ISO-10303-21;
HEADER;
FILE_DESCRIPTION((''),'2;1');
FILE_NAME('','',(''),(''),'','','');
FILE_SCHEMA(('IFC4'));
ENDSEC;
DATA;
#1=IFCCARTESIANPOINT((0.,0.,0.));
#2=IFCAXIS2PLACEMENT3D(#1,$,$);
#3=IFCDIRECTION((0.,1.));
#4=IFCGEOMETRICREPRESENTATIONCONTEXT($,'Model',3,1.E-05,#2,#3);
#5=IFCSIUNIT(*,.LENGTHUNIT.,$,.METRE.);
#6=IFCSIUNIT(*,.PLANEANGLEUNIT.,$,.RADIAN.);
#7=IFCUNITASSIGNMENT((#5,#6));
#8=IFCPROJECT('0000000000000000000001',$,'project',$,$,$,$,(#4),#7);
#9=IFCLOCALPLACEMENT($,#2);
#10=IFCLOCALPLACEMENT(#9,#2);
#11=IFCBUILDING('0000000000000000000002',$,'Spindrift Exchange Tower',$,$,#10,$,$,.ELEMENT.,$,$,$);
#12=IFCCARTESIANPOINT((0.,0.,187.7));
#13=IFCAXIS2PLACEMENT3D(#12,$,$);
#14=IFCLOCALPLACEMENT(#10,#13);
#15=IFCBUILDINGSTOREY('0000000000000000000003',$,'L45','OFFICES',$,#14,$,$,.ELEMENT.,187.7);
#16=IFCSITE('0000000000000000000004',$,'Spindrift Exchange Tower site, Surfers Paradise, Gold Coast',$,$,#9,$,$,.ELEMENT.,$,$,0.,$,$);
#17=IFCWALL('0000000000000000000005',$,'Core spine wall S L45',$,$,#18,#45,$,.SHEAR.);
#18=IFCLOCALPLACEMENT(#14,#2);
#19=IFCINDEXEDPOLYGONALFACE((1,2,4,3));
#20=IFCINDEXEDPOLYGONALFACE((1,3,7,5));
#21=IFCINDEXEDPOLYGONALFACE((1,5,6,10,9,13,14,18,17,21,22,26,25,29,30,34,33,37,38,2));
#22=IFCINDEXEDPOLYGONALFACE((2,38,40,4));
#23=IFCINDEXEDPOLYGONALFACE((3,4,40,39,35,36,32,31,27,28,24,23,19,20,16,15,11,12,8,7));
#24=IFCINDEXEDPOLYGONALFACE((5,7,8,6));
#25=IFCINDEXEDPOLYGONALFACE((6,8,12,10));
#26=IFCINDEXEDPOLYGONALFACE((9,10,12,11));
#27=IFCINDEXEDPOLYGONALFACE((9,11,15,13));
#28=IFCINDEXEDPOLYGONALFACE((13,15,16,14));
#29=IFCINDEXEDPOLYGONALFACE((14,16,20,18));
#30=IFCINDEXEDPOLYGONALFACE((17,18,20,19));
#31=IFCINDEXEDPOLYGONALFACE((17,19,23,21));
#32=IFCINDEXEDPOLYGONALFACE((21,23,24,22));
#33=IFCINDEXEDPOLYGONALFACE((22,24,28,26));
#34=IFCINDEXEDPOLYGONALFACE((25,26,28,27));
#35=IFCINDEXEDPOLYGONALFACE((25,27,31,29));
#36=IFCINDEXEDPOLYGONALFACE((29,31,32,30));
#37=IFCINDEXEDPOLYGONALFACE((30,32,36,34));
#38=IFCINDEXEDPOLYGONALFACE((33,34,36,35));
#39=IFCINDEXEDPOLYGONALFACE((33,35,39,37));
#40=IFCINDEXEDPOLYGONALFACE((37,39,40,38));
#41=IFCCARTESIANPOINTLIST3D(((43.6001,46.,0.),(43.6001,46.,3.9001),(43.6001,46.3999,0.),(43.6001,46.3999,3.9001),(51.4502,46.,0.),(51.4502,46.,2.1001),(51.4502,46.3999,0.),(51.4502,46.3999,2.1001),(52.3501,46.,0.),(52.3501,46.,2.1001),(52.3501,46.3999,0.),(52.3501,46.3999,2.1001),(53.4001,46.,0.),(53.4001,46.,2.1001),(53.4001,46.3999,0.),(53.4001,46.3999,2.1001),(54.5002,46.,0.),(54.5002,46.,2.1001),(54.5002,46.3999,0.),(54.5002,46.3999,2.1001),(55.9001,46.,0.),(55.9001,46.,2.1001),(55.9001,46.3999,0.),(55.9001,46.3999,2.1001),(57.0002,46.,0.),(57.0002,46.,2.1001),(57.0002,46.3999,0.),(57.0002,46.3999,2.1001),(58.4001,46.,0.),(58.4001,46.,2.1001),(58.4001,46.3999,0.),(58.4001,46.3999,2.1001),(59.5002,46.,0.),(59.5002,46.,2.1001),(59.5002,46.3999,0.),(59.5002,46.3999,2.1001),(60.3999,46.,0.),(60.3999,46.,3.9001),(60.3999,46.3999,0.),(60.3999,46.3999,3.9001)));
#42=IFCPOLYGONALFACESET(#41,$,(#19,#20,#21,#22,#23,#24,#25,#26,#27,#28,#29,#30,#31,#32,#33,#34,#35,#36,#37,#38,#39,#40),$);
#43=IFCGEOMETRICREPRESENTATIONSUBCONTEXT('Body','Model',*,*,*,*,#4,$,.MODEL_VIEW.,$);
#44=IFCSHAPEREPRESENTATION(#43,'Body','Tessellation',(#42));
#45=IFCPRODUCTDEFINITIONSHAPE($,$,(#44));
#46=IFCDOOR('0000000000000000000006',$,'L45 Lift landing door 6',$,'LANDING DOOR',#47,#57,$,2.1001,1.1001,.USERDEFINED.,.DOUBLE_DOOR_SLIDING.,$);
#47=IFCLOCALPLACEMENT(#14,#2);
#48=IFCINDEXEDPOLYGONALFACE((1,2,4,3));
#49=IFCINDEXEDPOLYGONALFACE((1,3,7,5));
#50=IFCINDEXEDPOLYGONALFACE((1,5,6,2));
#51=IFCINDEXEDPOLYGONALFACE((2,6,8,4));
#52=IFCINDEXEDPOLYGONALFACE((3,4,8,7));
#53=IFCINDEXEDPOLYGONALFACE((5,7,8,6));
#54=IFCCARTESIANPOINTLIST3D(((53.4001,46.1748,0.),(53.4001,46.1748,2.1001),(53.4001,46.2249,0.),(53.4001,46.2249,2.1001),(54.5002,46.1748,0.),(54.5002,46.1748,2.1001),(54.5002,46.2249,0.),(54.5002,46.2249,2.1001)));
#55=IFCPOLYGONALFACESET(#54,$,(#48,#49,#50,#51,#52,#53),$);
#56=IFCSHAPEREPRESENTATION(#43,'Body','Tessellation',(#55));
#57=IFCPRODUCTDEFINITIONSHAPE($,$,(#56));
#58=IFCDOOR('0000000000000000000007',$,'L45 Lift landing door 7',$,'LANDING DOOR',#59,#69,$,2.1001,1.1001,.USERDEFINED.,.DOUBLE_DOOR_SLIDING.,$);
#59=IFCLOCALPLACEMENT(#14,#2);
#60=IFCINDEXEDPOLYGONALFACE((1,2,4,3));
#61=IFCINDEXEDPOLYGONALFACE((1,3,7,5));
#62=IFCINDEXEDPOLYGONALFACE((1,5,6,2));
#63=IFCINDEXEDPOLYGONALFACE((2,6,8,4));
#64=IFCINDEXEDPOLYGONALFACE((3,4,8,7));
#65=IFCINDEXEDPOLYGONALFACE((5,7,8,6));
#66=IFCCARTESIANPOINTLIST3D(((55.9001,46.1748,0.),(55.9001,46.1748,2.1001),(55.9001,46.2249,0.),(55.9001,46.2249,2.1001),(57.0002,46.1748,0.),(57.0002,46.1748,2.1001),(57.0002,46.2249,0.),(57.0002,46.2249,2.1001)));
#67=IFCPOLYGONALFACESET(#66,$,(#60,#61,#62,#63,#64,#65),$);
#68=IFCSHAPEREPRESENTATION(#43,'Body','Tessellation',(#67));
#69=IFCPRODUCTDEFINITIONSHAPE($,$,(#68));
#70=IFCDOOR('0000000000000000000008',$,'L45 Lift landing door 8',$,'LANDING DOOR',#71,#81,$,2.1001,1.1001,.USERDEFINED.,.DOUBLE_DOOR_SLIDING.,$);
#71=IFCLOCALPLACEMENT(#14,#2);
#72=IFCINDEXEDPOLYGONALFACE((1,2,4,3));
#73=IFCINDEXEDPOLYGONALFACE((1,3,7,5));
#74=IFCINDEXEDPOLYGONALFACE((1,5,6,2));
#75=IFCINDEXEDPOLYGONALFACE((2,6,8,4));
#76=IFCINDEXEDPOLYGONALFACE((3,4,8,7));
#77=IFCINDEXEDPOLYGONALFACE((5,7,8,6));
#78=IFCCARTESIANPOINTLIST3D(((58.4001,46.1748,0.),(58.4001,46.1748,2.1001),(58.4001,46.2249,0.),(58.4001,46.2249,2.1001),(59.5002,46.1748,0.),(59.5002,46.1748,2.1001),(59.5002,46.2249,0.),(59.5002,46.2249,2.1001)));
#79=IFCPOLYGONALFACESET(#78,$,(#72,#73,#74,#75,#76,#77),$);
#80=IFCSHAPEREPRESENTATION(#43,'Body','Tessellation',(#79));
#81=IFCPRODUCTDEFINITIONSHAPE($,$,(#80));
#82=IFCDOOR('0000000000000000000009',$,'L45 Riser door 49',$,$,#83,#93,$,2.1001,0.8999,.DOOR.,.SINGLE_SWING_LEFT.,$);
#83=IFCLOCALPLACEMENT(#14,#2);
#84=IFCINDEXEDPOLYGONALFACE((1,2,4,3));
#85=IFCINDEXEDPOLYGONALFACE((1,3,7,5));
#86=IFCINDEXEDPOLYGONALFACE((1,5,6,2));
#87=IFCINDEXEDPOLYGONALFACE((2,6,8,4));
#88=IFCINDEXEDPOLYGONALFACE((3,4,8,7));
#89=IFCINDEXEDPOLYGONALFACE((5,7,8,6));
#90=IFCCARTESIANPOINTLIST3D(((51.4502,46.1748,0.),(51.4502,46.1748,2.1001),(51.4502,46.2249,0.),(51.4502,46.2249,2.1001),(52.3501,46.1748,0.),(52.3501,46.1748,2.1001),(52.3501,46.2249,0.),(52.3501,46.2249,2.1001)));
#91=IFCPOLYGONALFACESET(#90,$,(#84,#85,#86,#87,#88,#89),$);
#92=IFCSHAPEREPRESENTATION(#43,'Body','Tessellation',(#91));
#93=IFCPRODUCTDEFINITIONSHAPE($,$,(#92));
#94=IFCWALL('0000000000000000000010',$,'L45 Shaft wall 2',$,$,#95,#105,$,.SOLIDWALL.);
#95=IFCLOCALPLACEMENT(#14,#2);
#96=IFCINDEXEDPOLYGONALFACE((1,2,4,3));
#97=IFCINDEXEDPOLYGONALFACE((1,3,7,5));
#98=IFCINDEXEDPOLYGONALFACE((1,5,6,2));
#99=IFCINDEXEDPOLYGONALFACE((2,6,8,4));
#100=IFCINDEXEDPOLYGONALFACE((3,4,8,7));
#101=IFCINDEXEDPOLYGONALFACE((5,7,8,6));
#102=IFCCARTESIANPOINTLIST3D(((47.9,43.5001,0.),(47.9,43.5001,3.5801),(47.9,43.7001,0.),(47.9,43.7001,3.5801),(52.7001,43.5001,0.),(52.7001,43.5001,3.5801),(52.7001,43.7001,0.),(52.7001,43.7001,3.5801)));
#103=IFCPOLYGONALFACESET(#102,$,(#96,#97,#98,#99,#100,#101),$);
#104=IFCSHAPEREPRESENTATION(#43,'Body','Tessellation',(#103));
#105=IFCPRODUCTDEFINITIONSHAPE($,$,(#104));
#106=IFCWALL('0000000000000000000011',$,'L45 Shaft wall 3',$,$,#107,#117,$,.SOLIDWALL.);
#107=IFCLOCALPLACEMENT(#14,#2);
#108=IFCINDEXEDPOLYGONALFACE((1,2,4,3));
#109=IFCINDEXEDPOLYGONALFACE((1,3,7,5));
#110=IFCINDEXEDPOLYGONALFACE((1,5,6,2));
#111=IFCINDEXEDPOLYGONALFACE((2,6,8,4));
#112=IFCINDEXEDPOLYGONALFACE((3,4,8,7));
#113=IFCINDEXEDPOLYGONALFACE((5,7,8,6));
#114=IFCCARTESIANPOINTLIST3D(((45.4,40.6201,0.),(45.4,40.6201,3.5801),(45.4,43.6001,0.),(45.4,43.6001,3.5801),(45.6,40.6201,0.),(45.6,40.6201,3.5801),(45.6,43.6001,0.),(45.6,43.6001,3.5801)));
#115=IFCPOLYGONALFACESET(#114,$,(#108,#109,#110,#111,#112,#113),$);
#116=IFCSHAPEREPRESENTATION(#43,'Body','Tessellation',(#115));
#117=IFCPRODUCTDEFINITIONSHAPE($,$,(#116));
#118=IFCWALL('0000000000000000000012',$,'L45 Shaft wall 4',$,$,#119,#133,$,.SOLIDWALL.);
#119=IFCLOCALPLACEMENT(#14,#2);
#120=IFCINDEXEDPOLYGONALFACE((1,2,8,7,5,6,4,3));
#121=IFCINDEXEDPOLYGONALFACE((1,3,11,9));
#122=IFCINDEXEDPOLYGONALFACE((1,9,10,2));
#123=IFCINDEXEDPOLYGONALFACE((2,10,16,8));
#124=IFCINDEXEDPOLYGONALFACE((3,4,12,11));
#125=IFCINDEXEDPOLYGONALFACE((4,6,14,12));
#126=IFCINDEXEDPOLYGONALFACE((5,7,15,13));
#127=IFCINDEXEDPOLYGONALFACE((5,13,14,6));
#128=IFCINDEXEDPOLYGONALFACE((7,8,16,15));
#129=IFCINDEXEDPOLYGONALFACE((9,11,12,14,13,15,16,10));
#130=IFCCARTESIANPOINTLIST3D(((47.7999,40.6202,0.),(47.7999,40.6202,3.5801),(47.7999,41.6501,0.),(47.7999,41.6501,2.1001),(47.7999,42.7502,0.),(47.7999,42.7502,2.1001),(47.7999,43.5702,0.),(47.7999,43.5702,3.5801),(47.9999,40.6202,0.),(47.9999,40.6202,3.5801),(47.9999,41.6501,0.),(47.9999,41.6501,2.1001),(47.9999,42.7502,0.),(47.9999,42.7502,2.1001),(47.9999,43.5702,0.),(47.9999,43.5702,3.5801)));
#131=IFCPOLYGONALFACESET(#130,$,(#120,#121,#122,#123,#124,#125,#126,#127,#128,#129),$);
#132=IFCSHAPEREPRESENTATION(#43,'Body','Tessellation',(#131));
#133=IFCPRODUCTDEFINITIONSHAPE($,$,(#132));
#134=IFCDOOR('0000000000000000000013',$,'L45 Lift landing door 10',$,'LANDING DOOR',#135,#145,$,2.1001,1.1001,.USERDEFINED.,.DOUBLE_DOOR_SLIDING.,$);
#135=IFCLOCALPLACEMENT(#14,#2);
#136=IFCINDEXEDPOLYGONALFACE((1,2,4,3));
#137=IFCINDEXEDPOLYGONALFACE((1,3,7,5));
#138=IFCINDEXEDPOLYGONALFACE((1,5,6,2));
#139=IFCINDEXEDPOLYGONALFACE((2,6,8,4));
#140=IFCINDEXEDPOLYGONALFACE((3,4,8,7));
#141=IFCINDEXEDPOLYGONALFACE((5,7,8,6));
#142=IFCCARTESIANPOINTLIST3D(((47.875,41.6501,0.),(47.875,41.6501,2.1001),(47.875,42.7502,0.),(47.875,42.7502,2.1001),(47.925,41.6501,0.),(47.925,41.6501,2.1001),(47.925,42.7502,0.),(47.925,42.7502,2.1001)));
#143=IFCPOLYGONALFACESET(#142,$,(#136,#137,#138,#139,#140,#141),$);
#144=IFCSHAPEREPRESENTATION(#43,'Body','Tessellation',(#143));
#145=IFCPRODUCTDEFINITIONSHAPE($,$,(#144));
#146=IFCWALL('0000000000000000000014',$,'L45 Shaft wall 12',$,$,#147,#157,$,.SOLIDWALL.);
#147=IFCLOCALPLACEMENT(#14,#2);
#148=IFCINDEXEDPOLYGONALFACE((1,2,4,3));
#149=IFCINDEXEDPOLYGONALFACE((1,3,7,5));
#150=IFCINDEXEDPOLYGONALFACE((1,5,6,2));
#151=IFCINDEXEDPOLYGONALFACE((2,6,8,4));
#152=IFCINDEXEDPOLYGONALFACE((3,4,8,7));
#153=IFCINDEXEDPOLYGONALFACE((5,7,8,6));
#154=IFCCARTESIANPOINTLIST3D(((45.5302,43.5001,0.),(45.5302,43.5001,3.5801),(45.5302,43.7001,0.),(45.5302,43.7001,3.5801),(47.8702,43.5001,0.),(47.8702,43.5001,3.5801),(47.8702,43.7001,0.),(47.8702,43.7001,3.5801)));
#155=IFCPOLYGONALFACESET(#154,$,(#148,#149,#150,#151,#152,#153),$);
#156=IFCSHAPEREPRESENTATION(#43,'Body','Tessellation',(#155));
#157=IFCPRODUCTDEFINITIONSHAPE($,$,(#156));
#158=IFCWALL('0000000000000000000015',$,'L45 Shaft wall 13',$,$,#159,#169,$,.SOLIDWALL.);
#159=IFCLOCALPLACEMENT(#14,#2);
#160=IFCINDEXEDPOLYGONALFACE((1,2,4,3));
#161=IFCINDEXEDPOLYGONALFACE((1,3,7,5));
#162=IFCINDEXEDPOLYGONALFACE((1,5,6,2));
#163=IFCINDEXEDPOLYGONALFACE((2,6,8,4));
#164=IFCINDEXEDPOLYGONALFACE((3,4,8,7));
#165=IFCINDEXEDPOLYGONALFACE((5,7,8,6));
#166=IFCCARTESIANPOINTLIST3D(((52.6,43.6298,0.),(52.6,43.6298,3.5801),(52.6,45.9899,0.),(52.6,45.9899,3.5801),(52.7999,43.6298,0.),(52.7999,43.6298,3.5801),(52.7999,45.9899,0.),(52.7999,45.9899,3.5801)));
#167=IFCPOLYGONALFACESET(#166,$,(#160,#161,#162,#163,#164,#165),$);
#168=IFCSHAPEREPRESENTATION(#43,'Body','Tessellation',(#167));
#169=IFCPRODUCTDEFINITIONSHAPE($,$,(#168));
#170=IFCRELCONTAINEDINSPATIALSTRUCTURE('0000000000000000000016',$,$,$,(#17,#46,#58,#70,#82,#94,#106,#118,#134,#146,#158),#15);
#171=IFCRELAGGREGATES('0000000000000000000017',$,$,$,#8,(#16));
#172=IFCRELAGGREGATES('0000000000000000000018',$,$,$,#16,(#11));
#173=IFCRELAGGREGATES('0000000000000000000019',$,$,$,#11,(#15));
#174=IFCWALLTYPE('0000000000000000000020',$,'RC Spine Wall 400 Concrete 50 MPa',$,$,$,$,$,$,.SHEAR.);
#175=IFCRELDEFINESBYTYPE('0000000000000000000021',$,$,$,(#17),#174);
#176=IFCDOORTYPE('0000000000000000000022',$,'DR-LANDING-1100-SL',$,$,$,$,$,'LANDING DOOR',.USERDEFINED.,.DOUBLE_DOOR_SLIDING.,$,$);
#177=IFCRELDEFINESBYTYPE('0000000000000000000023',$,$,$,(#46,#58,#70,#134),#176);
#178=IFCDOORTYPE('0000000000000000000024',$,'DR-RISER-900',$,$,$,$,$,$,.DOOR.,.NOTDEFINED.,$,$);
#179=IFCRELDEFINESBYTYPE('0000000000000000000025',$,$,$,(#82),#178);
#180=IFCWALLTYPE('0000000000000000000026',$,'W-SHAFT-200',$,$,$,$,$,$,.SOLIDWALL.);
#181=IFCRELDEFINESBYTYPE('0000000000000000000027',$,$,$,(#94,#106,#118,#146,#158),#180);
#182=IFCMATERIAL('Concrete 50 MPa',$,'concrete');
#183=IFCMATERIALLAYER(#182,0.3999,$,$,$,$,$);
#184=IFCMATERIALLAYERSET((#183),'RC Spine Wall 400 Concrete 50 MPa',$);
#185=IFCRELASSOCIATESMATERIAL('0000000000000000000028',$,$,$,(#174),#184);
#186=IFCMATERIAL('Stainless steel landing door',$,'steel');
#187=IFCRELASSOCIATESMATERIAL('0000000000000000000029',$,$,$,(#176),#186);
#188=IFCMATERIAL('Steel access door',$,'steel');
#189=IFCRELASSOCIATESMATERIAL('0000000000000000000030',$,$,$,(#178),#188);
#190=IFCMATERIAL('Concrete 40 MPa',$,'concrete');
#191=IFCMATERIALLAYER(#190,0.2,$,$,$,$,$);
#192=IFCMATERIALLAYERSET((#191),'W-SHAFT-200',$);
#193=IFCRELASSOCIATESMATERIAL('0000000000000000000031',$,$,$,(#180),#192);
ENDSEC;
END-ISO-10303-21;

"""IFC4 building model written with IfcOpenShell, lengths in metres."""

from ifc_helpers import new_model, si_unit, direction, frame, frame_2d, origin, place, context, subcontext, project, spatial, rectangle, extrude, source, transform, mapped, material, layer, layer_set, type_object, element, fill, save


model = new_model("IFC4")

# Units and contexts
model_context = context("Model", 3, precision=1e-05, world=origin(), true_north=direction((0.0, 1.0)))
body_context = subcontext(model_context, "Body", "Model", "MODEL_VIEW")
ifc_project = project(units=[si_unit("LENGTHUNIT", "METRE"), si_unit("PLANEANGLEUNIT", "RADIAN")], contexts=[model_context])

# Site, building, storey
site_placement = place(None, origin())
site = spatial("IfcSite", under=ifc_project, at=site_placement, Name="Spindrift Exchange Tower site, Surfers Paradise, Gold Coast", CompositionType="ELEMENT", RefElevation=0.0)
building_placement = place(site_placement, origin())
building = spatial("IfcBuilding", under=site, at=building_placement, Name="Spindrift Exchange Tower", CompositionType="ELEMENT")
storey_placement = place(building_placement, frame((0.0, 0.0, 187.7)))
storey = spatial("IfcBuildingStorey", under=building, at=storey_placement, Name="L45", Description="OFFICES", CompositionType="ELEMENT", Elevation=187.7)

# Wall, openings, doors
ifc_material_1 = material(Name="Concrete 50 MPa", Category="concrete")
ifc_layer_1 = layer(ifc_material_1, 0.3999)
ifc_layer_set_1 = layer_set([ifc_layer_1], Name="RC Spine Wall 400 Concrete 50 MPa")
wall_type_1 = type_object("IfcWallType", Name="RC Spine Wall 400 Concrete 50 MPa", PredefinedType="SHEAR", material=ifc_layer_set_1)
wall_1_placement = place(storey_placement, frame((43.6001, 46.2, 0.0), z_axis=(0.0, 0.0, 1.0), x_axis=(1.0, 0.0, 0.0)))
wall_1 = element("IfcWall", 1, at=wall_1_placement, inside=storey, type_object=wall_type_1, Name="Core spine wall S L45", PredefinedType="SHEAR", context=body_context, shape_type="SweptSolid", body=[
    extrude(rectangle(XDim=16.7998, YDim=0.3999, at=frame_2d((8.3999, 0.0))), origin(), (0.0, 0.0, 1.0), 3.9001),
])
opening_1_placement = place(wall_1_placement, frame((9.8, 0.0, 0.0)))
opening_1 = element("IfcOpeningElement", 2, at=opening_1_placement, cuts=wall_1, PredefinedType="OPENING", context=body_context, shape_type="SweptSolid", body=[
    extrude(rectangle(XDim=1.1001, YDim=2.1001, at=frame_2d((0.55, 1.05))), frame((0.0, 0.21, 0.0), z_axis=(0.0, -1.0, 0.0), x_axis=(1.0, 0.0, 0.0)), (0.0, 0.0, 1.0), 0.4199),
])
opening_2_placement = place(wall_1_placement, frame((12.3, 0.0, 0.0)))
opening_2 = element("IfcOpeningElement", 3, at=opening_2_placement, cuts=wall_1, PredefinedType="OPENING", context=body_context, shape_type="SweptSolid", body=[
    extrude(rectangle(XDim=1.1001, YDim=2.1001, at=frame_2d((0.55, 1.05))), frame((0.0, 0.21, 0.0), z_axis=(0.0, -1.0, 0.0), x_axis=(1.0, 0.0, 0.0)), (0.0, 0.0, 1.0), 0.4199),
])
opening_3_placement = place(wall_1_placement, frame((14.8, 0.0, 0.0)))
opening_3 = element("IfcOpeningElement", 4, at=opening_3_placement, cuts=wall_1, PredefinedType="OPENING", context=body_context, shape_type="SweptSolid", body=[
    extrude(rectangle(XDim=1.1001, YDim=2.1001, at=frame_2d((0.55, 1.05))), frame((0.0, 0.21, 0.0), z_axis=(0.0, -1.0, 0.0), x_axis=(1.0, 0.0, 0.0)), (0.0, 0.0, 1.0), 0.4199),
])
opening_4_placement = place(wall_1_placement, frame((7.8501, 0.0, 0.0)))
opening_4 = element("IfcOpeningElement", 5, at=opening_4_placement, cuts=wall_1, PredefinedType="OPENING", context=body_context, shape_type="SweptSolid", body=[
    extrude(rectangle(XDim=0.8999, YDim=2.1001, at=frame_2d((0.45, 1.05))), frame((0.0, 0.21, 0.0), z_axis=(0.0, -1.0, 0.0), x_axis=(1.0, 0.0, 0.0)), (0.0, 0.0, 1.0), 0.4199),
])
ifc_material_2 = material(Name="Stainless steel landing door", Category="steel")
door_type_1 = type_object("IfcDoorType", Name="DR-LANDING-1100-SL", ElementType="LANDING DOOR", OperationType="DOUBLE_DOOR_SLIDING", PredefinedType="USERDEFINED", material=ifc_material_2)
shared_shape_1 = source(origin(), body_context, "Body", "SweptSolid", [
    extrude(rectangle(XDim=1.1001, YDim=2.1001, at=frame_2d((0.55, 1.05))), frame((0.0, 0.0249, 0.0), z_axis=(0.0, -1.0, 0.0), x_axis=(1.0, 0.0, 0.0)), (0.0, 0.0, 1.0), 0.05),
])
door_1_placement = place(opening_1_placement, origin())
door_1 = element("IfcDoor", 6, at=door_1_placement, inside=storey, type_object=door_type_1, Name="L45 Lift landing door 6", ObjectType="LANDING DOOR", OperationType="DOUBLE_DOOR_SLIDING", OverallHeight=2.1001, OverallWidth=1.1001, PredefinedType="USERDEFINED", context=body_context, shape_type="MappedRepresentation", body=[
    mapped(shared_shape_1, transform((0.0, 0.0, 0.0), scale=1.0)),
])
fill(opening_1, door_1)
door_2_placement = place(opening_2_placement, origin())
door_2 = element("IfcDoor", 7, at=door_2_placement, inside=storey, type_object=door_type_1, Name="L45 Lift landing door 7", ObjectType="LANDING DOOR", OperationType="DOUBLE_DOOR_SLIDING", OverallHeight=2.1001, OverallWidth=1.1001, PredefinedType="USERDEFINED", context=body_context, shape_type="MappedRepresentation", body=[
    mapped(shared_shape_1, transform((0.0, 0.0, 0.0), scale=1.0)),
])
fill(opening_2, door_2)
door_3_placement = place(opening_3_placement, origin())
door_3 = element("IfcDoor", 8, at=door_3_placement, inside=storey, type_object=door_type_1, Name="L45 Lift landing door 8", ObjectType="LANDING DOOR", OperationType="DOUBLE_DOOR_SLIDING", OverallHeight=2.1001, OverallWidth=1.1001, PredefinedType="USERDEFINED", context=body_context, shape_type="MappedRepresentation", body=[
    mapped(shared_shape_1, transform((0.0, 0.0, 0.0), scale=1.0)),
])
fill(opening_3, door_3)
ifc_material_3 = material(Name="Steel access door", Category="steel")
door_type_2 = type_object("IfcDoorType", Name="DR-RISER-900", OperationType="NOTDEFINED", PredefinedType="DOOR", material=ifc_material_3)
shared_shape_2 = source(origin(), body_context, "Body", "SweptSolid", [
    extrude(rectangle(XDim=0.8999, YDim=2.1001, at=frame_2d((0.45, 1.05))), frame((0.0, 0.0249, 0.0), z_axis=(0.0, -1.0, 0.0), x_axis=(1.0, 0.0, 0.0)), (0.0, 0.0, 1.0), 0.05),
])
door_4_placement = place(opening_4_placement, origin())
door_4 = element("IfcDoor", 9, at=door_4_placement, inside=storey, type_object=door_type_2, Name="L45 Riser door 49", OperationType="SINGLE_SWING_LEFT", OverallHeight=2.1001, OverallWidth=0.8999, PredefinedType="DOOR", context=body_context, shape_type="MappedRepresentation", body=[
    mapped(shared_shape_2, transform((0.0, 0.0, 0.0), scale=1.0)),
])
fill(opening_4, door_4)

# Walls
ifc_material_4 = material(Name="Concrete 40 MPa", Category="concrete")
ifc_layer_2 = layer(ifc_material_4, 0.2)
ifc_layer_set_2 = layer_set([ifc_layer_2], Name="W-SHAFT-200")
wall_type_2 = type_object("IfcWallType", Name="W-SHAFT-200", PredefinedType="SOLIDWALL", material=ifc_layer_set_2)
wall_2_placement = place(storey_placement, frame((52.7, 43.6001, 0.0), z_axis=(0.0, 0.0, 1.0), x_axis=(-1.0, 0.0, 0.0)))
element("IfcWall", 10, at=wall_2_placement, inside=storey, type_object=wall_type_2, Name="L45 Shaft wall 2", PredefinedType="SOLIDWALL", context=body_context, shape_type="SweptSolid", body=[
    extrude(rectangle(XDim=4.8, YDim=0.2, at=frame_2d((2.3999, 0.0))), origin(), (0.0, 0.0, 1.0), 3.5801),
])
wall_3_placement = place(storey_placement, frame((45.5, 43.6001, 0.0), z_axis=(0.0, 0.0, 1.0), x_axis=(0.0, -1.0, 0.0)))
element("IfcWall", 11, at=wall_3_placement, inside=storey, type_object=wall_type_2, Name="L45 Shaft wall 3", PredefinedType="SOLIDWALL", context=body_context, shape_type="SweptSolid", body=[
    extrude(rectangle(XDim=2.98, YDim=0.2, at=frame_2d((1.49, 0.0))), origin(), (0.0, 0.0, 1.0), 3.5801),
])

# Wall, opening, door
wall_4_placement = place(storey_placement, frame((47.8999, 40.6201, 0.0), z_axis=(0.0, 0.0, 1.0), x_axis=(0.0, 1.0, 0.0)))
wall_4 = element("IfcWall", 12, at=wall_4_placement, inside=storey, type_object=wall_type_2, Name="L45 Shaft wall 4", PredefinedType="SOLIDWALL", context=body_context, shape_type="SweptSolid", body=[
    extrude(rectangle(XDim=2.95, YDim=0.2, at=frame_2d((1.4751, 0.0))), origin(), (0.0, 0.0, 1.0), 3.5801),
])
opening_5_placement = place(wall_4_placement, frame((1.03, 0.0, 0.0)))
opening_5 = element("IfcOpeningElement", 13, at=opening_5_placement, cuts=wall_4, PredefinedType="OPENING", context=body_context, shape_type="SweptSolid", body=[
    extrude(rectangle(XDim=1.1001, YDim=2.1001, at=frame_2d((0.55, 1.05))), frame((0.0, 0.1099, 0.0), z_axis=(0.0, -1.0, 0.0), x_axis=(1.0, 0.0, 0.0)), (0.0, 0.0, 1.0), 0.22),
])
door_5_placement = place(opening_5_placement, origin())
door_5 = element("IfcDoor", 14, at=door_5_placement, inside=storey, type_object=door_type_1, Name="L45 Lift landing door 10", ObjectType="LANDING DOOR", OperationType="DOUBLE_DOOR_SLIDING", OverallHeight=2.1001, OverallWidth=1.1001, PredefinedType="USERDEFINED", context=body_context, shape_type="MappedRepresentation", body=[
    mapped(shared_shape_1, transform((0.0, 0.0, 0.0), scale=1.0)),
])
fill(opening_5, door_5)

# Walls
wall_5_placement = place(storey_placement, frame((47.8701, 43.6001, 0.0), z_axis=(0.0, 0.0, 1.0), x_axis=(-1.0, 0.0, 0.0)))
element("IfcWall", 15, at=wall_5_placement, inside=storey, type_object=wall_type_2, Name="L45 Shaft wall 12", PredefinedType="SOLIDWALL", context=body_context, shape_type="SweptSolid", body=[
    extrude(rectangle(XDim=2.3401, YDim=0.2, at=frame_2d((1.1699, 0.0))), origin(), (0.0, 0.0, 1.0), 3.5801),
])
wall_6_placement = place(storey_placement, frame((52.7, 45.99, 0.0), z_axis=(0.0, 0.0, 1.0), x_axis=(0.0, -1.0, 0.0)))
element("IfcWall", 16, at=wall_6_placement, inside=storey, type_object=wall_type_2, Name="L45 Shaft wall 13", PredefinedType="SOLIDWALL", context=body_context, shape_type="SweptSolid", body=[
    extrude(rectangle(XDim=2.3601, YDim=0.2, at=frame_2d((1.1802, 0.0))), origin(), (0.0, 0.0, 1.0), 3.5801),
])

save(model, "model.ifc")
